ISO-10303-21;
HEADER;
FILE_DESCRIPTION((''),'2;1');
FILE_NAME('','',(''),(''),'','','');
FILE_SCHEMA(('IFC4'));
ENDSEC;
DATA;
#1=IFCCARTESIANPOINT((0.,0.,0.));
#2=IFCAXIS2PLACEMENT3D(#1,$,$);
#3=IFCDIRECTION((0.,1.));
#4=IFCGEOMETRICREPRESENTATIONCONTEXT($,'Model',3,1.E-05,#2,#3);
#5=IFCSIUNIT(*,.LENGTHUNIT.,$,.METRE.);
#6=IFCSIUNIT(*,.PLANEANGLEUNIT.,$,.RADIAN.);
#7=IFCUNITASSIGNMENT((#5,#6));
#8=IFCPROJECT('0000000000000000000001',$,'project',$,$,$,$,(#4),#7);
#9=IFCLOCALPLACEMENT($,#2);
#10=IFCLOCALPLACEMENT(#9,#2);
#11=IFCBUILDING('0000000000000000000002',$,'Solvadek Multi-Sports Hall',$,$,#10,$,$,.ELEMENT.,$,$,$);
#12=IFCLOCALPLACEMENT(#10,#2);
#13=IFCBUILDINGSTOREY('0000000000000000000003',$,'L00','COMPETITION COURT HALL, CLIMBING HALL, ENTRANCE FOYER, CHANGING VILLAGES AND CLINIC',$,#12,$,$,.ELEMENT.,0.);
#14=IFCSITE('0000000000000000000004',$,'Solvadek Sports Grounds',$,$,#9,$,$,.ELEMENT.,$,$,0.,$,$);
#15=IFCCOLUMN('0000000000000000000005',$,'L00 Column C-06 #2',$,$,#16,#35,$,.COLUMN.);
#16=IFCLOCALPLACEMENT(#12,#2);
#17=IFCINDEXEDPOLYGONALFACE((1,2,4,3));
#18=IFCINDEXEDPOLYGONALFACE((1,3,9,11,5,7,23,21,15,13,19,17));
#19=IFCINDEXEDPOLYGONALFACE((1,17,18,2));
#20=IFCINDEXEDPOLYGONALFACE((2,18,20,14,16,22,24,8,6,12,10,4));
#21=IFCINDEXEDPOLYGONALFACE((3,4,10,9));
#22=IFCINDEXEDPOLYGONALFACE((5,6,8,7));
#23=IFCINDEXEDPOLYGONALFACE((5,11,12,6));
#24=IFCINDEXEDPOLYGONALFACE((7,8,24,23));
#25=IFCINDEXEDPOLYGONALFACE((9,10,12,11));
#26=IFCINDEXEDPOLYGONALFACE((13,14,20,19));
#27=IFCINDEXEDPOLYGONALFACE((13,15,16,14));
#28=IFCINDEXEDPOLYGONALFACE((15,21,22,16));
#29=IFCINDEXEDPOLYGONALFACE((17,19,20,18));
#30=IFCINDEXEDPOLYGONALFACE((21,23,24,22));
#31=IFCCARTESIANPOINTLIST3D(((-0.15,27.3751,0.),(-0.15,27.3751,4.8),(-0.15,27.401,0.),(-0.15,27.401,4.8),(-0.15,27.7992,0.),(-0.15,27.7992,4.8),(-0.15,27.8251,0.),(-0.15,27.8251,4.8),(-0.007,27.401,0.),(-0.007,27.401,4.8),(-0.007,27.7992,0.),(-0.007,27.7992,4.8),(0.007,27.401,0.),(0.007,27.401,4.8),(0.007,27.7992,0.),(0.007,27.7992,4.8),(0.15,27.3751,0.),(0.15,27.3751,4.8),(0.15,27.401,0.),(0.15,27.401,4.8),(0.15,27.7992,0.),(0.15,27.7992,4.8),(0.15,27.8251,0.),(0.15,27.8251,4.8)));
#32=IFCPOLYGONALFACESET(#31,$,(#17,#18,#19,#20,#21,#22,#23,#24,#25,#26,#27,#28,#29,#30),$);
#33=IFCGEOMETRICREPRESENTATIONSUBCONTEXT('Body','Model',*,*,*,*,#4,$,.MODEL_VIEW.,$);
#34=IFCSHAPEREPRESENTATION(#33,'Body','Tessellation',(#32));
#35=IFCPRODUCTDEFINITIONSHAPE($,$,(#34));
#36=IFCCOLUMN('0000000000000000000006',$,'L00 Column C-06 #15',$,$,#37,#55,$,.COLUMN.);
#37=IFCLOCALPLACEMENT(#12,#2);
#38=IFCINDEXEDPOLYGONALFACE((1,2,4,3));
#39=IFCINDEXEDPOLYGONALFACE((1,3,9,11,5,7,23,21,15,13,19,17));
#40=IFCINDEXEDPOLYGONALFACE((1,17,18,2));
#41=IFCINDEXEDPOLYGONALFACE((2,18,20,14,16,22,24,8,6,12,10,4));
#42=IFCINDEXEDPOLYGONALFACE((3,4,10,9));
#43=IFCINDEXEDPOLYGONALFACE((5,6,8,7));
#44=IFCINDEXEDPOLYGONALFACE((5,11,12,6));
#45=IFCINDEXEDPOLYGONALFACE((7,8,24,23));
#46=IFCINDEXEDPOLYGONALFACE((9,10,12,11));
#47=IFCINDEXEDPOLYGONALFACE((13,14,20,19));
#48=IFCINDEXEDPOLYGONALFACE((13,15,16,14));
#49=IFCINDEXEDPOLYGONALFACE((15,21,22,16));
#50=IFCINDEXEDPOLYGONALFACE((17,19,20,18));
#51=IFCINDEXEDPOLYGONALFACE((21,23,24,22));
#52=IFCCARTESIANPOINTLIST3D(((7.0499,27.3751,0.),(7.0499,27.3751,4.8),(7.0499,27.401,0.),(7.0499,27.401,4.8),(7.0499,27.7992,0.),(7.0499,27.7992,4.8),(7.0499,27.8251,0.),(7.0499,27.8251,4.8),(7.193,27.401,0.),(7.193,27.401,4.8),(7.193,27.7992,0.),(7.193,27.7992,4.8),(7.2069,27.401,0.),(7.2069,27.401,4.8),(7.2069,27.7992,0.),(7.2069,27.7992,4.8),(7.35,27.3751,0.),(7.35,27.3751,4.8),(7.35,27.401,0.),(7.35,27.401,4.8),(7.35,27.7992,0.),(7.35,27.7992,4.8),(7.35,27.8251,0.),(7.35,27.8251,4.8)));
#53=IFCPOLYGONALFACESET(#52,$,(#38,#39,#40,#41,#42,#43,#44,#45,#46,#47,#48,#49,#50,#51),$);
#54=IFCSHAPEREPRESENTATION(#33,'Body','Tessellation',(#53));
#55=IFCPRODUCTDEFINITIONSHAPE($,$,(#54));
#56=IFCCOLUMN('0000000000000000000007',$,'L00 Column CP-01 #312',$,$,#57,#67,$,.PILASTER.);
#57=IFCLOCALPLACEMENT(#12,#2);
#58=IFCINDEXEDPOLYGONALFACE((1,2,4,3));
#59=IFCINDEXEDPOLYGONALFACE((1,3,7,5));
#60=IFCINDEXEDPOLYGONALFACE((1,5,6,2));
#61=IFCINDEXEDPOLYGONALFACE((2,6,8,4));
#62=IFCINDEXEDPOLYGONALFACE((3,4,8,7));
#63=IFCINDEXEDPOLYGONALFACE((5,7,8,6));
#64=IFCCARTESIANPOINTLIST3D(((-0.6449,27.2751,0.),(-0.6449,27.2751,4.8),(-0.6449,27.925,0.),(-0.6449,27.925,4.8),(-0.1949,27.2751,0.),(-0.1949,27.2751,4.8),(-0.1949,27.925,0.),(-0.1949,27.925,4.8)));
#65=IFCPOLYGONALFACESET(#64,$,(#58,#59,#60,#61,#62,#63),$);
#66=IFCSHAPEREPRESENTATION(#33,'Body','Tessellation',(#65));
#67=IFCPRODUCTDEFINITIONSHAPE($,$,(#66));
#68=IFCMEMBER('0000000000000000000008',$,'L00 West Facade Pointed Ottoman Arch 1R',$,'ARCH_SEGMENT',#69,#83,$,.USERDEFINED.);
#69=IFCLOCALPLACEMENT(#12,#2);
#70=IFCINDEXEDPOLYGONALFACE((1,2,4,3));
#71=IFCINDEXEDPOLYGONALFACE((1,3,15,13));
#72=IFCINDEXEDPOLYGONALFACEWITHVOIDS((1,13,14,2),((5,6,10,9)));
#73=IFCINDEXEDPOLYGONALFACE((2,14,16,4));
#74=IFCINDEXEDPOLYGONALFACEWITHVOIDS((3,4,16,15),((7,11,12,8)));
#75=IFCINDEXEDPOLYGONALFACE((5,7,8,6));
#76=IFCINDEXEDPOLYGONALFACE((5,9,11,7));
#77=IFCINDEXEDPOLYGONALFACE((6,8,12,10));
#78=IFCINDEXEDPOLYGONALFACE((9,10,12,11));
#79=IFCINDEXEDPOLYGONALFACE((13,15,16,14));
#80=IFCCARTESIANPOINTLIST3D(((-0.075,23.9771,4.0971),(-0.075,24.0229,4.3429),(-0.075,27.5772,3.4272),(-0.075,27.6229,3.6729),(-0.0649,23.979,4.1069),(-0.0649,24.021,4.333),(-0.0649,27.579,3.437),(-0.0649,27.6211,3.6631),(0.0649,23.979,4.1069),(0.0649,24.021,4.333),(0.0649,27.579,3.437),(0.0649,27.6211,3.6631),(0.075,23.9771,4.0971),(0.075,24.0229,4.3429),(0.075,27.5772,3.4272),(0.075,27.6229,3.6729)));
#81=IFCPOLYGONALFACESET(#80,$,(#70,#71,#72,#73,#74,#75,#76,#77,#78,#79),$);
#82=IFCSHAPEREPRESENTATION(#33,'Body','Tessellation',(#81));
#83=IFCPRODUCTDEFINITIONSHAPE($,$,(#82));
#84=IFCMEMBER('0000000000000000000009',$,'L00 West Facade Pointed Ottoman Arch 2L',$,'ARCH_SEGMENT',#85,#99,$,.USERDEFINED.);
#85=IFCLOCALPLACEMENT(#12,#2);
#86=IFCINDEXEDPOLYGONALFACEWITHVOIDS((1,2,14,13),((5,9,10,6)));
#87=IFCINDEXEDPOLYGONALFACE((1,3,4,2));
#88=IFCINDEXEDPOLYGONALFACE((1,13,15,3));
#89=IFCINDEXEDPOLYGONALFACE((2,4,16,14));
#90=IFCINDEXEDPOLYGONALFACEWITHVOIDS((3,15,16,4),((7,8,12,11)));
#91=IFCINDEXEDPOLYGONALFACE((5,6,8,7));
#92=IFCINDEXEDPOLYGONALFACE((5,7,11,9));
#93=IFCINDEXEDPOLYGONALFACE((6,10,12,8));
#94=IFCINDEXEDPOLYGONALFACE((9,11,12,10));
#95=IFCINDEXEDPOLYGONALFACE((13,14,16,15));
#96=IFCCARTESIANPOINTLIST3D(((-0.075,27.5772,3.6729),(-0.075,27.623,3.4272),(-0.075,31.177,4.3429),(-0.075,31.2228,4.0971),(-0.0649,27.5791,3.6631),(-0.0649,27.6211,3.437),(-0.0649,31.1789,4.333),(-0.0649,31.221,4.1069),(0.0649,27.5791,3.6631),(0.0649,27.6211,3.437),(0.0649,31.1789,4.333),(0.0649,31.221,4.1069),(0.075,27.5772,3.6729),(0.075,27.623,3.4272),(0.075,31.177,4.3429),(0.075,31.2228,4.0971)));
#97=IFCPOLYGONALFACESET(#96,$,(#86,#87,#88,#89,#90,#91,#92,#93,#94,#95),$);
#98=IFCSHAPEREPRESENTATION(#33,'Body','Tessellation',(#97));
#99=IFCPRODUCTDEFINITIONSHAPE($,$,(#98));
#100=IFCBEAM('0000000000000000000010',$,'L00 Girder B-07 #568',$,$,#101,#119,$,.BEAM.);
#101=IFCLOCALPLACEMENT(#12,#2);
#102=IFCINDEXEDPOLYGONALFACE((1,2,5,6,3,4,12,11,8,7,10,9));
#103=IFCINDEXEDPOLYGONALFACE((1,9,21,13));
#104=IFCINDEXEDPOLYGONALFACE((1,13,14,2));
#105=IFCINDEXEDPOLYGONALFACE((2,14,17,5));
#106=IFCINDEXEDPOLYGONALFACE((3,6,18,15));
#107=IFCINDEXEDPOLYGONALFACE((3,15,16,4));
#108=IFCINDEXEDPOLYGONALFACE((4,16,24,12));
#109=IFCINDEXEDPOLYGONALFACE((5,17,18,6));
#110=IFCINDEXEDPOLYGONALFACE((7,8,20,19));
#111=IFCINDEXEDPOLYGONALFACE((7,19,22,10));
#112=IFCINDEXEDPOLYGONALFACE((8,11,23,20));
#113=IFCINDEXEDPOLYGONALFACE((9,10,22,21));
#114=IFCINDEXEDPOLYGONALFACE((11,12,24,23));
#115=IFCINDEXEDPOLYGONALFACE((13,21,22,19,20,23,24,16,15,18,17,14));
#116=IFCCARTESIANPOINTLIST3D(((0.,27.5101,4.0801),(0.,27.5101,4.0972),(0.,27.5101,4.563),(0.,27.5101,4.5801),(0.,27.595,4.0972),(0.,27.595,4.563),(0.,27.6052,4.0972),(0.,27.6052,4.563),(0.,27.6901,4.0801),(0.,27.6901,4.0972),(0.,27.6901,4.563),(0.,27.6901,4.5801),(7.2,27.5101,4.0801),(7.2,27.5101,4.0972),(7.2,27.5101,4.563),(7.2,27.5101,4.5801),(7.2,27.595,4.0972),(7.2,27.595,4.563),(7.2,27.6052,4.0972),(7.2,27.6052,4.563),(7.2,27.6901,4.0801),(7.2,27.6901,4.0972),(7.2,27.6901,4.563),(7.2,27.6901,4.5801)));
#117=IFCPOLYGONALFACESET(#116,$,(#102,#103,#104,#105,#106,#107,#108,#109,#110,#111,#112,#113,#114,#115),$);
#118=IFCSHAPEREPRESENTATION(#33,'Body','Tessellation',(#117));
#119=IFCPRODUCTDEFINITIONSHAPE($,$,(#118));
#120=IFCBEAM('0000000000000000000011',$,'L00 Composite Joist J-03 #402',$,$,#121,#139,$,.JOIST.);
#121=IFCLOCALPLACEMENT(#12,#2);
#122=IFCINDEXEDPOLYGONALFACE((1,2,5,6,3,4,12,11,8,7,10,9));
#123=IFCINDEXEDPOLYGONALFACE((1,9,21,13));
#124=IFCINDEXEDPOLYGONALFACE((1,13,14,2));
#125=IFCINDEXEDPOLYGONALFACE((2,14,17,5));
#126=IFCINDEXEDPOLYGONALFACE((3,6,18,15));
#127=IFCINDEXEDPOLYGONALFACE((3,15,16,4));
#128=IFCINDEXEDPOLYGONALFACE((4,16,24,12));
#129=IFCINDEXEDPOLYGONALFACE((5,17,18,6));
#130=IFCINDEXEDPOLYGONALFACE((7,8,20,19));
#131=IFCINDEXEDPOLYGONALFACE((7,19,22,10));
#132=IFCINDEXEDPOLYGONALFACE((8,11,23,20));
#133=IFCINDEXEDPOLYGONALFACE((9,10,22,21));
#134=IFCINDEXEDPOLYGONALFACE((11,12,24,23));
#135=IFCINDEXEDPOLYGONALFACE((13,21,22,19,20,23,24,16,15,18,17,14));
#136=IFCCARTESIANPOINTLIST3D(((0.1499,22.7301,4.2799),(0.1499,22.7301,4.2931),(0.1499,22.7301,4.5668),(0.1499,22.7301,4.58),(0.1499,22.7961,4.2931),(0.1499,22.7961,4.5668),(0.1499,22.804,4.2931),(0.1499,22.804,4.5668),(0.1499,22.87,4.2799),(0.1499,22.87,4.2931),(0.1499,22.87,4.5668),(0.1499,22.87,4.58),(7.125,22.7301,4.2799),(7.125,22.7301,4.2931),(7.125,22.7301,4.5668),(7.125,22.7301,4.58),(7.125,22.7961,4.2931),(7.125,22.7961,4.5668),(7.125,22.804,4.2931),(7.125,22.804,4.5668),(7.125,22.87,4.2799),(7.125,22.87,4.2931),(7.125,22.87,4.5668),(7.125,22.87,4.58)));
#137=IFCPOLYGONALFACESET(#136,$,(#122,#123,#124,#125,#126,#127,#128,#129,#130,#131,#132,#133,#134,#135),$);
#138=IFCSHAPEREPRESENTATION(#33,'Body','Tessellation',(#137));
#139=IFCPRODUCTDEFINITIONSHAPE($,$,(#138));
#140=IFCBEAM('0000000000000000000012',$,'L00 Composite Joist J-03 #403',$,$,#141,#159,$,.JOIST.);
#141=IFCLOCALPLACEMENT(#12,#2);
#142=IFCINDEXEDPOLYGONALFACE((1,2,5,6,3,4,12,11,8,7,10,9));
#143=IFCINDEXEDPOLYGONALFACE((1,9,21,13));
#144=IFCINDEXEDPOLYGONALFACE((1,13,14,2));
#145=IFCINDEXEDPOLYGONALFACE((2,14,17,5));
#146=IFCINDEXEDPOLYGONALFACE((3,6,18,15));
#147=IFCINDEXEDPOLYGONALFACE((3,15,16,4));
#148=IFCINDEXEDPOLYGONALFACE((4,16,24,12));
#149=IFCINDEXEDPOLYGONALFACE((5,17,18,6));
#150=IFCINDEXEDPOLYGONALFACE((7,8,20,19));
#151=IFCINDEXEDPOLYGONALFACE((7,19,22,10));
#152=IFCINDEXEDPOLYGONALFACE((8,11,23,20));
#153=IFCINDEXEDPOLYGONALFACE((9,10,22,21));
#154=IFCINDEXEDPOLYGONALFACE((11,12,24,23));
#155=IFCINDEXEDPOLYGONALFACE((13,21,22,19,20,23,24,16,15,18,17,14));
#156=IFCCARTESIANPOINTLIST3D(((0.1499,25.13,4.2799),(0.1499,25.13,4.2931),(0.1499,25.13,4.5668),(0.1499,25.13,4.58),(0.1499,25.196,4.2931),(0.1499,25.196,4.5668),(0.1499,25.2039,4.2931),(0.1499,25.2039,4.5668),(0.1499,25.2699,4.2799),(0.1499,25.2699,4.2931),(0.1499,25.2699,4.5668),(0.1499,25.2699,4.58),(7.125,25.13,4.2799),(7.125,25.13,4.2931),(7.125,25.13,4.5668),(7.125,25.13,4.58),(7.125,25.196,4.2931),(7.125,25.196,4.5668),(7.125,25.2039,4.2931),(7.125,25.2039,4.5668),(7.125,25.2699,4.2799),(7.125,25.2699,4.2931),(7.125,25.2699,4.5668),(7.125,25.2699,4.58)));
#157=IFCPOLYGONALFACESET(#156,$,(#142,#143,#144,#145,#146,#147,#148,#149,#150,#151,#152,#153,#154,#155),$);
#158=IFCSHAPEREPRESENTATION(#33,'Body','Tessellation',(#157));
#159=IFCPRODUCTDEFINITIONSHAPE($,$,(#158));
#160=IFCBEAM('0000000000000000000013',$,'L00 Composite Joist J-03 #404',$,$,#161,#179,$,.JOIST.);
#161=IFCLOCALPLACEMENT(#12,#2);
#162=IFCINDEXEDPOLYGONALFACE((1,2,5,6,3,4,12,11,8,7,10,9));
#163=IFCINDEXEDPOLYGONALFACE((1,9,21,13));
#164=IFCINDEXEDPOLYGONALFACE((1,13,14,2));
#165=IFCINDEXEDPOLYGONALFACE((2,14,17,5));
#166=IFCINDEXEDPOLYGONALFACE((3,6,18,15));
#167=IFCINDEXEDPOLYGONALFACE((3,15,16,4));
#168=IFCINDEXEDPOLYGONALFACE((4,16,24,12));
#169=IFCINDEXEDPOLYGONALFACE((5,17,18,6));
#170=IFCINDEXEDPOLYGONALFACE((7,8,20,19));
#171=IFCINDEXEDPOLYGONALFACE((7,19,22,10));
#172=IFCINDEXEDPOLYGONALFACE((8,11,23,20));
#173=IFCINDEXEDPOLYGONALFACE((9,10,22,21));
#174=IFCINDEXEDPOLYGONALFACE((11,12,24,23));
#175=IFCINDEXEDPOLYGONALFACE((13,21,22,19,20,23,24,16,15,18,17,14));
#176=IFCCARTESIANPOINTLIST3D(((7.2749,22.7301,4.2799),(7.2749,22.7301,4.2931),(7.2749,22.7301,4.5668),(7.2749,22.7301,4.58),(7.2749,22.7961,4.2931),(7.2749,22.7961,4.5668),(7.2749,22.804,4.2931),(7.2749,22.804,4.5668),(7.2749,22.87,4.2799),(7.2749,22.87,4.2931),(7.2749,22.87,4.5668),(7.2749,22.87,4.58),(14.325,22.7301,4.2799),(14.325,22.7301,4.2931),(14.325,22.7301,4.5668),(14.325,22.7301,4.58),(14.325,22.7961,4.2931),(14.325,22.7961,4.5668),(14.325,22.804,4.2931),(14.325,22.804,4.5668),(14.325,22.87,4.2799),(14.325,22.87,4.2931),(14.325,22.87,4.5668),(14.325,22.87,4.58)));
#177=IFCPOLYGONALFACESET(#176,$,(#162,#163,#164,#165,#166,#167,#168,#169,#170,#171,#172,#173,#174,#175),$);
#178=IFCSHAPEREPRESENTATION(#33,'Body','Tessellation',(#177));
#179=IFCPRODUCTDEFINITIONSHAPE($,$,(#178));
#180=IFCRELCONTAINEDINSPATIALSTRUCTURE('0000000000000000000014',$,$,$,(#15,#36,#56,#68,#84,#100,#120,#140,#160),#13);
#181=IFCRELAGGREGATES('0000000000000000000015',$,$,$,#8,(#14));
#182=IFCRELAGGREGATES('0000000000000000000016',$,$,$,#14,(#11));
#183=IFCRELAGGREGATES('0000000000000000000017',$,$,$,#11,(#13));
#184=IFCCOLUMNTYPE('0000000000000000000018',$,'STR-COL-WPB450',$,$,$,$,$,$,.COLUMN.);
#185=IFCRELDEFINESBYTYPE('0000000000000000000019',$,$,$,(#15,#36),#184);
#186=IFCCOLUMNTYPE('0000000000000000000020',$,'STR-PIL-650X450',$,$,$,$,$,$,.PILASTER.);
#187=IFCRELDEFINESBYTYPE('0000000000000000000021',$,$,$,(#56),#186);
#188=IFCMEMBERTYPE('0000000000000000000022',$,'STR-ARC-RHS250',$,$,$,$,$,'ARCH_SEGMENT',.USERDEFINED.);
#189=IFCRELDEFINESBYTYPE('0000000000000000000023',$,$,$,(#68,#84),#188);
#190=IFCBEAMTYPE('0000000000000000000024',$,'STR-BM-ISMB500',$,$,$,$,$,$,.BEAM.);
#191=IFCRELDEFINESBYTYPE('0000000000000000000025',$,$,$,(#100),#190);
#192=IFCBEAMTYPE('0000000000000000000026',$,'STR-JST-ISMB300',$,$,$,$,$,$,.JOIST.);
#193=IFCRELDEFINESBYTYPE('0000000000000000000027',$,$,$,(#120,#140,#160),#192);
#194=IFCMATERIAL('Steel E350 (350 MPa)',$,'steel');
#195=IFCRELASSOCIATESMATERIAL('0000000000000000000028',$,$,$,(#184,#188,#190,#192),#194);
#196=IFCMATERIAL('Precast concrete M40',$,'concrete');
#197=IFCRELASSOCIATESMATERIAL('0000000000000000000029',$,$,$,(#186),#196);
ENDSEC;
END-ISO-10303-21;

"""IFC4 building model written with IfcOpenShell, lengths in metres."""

from ifc_helpers import new_model, si_unit, direction, frame, origin, origin_2d, place, context, subcontext, project, spatial, rectangle, hollow_rectangle, i_section, extrude, material, material_profile, profile_set, type_object, element, save


model = new_model("IFC4")

# Units and contexts
model_context = context("Model", 3, precision=1e-05, world=origin(), true_north=direction((0.0, 1.0)))
body_context = subcontext(model_context, "Body", "Model", "MODEL_VIEW")
ifc_project = project(units=[si_unit("LENGTHUNIT", "METRE"), si_unit("PLANEANGLEUNIT", "RADIAN")], contexts=[model_context])

# Site, building, storey
site_placement = place(None, origin())
site = spatial("IfcSite", under=ifc_project, at=site_placement, Name="Solvadek Sports Grounds", CompositionType="ELEMENT", RefElevation=0.0)
building_placement = place(site_placement, origin())
building = spatial("IfcBuilding", under=site, at=building_placement, Name="Solvadek Multi-Sports Hall", CompositionType="ELEMENT")
storey_placement = place(building_placement, origin())
storey = spatial("IfcBuildingStorey", under=building, at=storey_placement, Name="L00", Description="COMPETITION COURT HALL, CLIMBING HALL, ENTRANCE FOYER, CHANGING VILLAGES AND CLINIC", CompositionType="ELEMENT", Elevation=0.0)

# Columns
ifc_material_1 = material(Name="Steel E350 (350 MPa)", Category="steel")
ifc_material_profile_1 = material_profile(ifc_material_1, i_section(OverallWidth=0.3, OverallDepth=0.45, WebThickness=0.0139, FlangeThickness=0.0259, at=origin_2d()), Name="WPB 450")
ifc_profile_set_1 = profile_set([ifc_material_profile_1], Name="Steel E350 (350 MPa)")
column_type_1 = type_object("IfcColumnType", Name="STR-COL-WPB450", PredefinedType="COLUMN", material=ifc_profile_set_1)
for number, where, z_axis, x_axis, name in (
    (1, (0.0, 27.6001, 0.0), (0.0, 0.0, 1.0), (1.0, 0.0, 0.0), "L00 Column C-06 #2"),
    (2, (7.2, 27.6001, 0.0), (0.0, 0.0, 1.0), (1.0, 0.0, 0.0), "L00 Column C-06 #15"),
):
    element("IfcColumn", number, at=place(storey_placement, frame(where, z_axis=z_axis, x_axis=x_axis)), inside=storey, type_object=column_type_1, Name=name, PredefinedType="COLUMN", context=body_context, shape_type="SweptSolid", body=[
        extrude(i_section(OverallWidth=0.3, OverallDepth=0.45, WebThickness=0.0139, FlangeThickness=0.0259, at=origin_2d()), origin(), (0.0, 0.0, 1.0), 4.8),
    ])
ifc_material_2 = material(Name="Precast concrete M40", Category="concrete")
ifc_material_profile_2 = material_profile(ifc_material_2, rectangle(XDim=0.45, YDim=0.6499, at=origin_2d()), Name="RC PILASTER 650x450")
ifc_profile_set_2 = profile_set([ifc_material_profile_2], Name="Precast concrete M40")
column_type_2 = type_object("IfcColumnType", Name="STR-PIL-650X450", PredefinedType="PILASTER", material=ifc_profile_set_2)
column_placement = place(storey_placement, frame((-0.4199, 27.6001, 0.0), z_axis=(0.0, 0.0, 1.0), x_axis=(1.0, 0.0, 0.0)))
element("IfcColumn", 3, at=column_placement, inside=storey, type_object=column_type_2, Name="L00 Column CP-01 #312", PredefinedType="PILASTER", context=body_context, shape_type="SweptSolid", body=[
    extrude(rectangle(XDim=0.45, YDim=0.6499, at=origin_2d()), origin(), (0.0, 0.0, 1.0), 4.8),
])

# Members
ifc_material_profile_3 = material_profile(ifc_material_1, hollow_rectangle(XDim=0.1499, YDim=0.25, WallThickness=0.01, at=origin_2d()), Name="RHS 250x150x10")
ifc_profile_set_3 = profile_set([ifc_material_profile_3], Name="Steel E350 (350 MPa)")
member_type = type_object("IfcMemberType", Name="STR-ARC-RHS250", ElementType="ARCH_SEGMENT", PredefinedType="USERDEFINED", material=ifc_profile_set_3)
member_1_placement = place(storey_placement, frame((0.0, 24.0, 4.22), z_axis=(0.0, 0.983123, -0.182944), x_axis=(-1.0, 0.0, 0.0)))
element("IfcMember", 4, at=member_1_placement, inside=storey, type_object=member_type, Name="L00 West Facade Pointed Ottoman Arch 1R", ObjectType="ARCH_SEGMENT", PredefinedType="USERDEFINED", context=body_context, shape_type="SweptSolid", body=[
    extrude(hollow_rectangle(XDim=0.1499, YDim=0.25, WallThickness=0.01, at=origin_2d()), origin(), (0.0, 0.0, 1.0), 3.6619),
])
member_2_placement = place(storey_placement, frame((0.0, 27.6001, 3.55), z_axis=(0.0, 0.983121, 0.182956), x_axis=(-1.0, 0.0, 0.0)))
element("IfcMember", 5, at=member_2_placement, inside=storey, type_object=member_type, Name="L00 West Facade Pointed Ottoman Arch 2L", ObjectType="ARCH_SEGMENT", PredefinedType="USERDEFINED", context=body_context, shape_type="SweptSolid", body=[
    extrude(hollow_rectangle(XDim=0.1499, YDim=0.25, WallThickness=0.01, at=origin_2d()), origin(), (0.0, 0.0, 1.0), 3.6616),
])

# Beams
ifc_material_profile_4 = material_profile(ifc_material_1, i_section(OverallWidth=0.1799, OverallDepth=0.5, WebThickness=0.0103, FlangeThickness=0.0171, at=origin_2d()), Name="ISMB 500")
ifc_profile_set_4 = profile_set([ifc_material_profile_4], Name="Steel E350 (350 MPa)")
beam_type_1 = type_object("IfcBeamType", Name="STR-BM-ISMB500", PredefinedType="BEAM", material=ifc_profile_set_4)
beam_1_placement = place(storey_placement, frame((0.0, 27.6001, 4.3301), z_axis=(1.0, 0.0, 0.0), x_axis=(0.0, 1.0, 0.0)))
element("IfcBeam", 6, at=beam_1_placement, inside=storey, type_object=beam_type_1, Name="L00 Girder B-07 #568", PredefinedType="BEAM", context=body_context, shape_type="SweptSolid", body=[
    extrude(i_section(OverallWidth=0.1799, OverallDepth=0.5, WebThickness=0.0103, FlangeThickness=0.0171, at=origin_2d()), origin(), (0.0, 0.0, 1.0), 7.2),
])
ifc_material_profile_5 = material_profile(ifc_material_1, i_section(OverallWidth=0.1399, OverallDepth=0.3, WebThickness=0.0078, FlangeThickness=0.0132, at=origin_2d()), Name="ISMB 300")
ifc_profile_set_5 = profile_set([ifc_material_profile_5], Name="Steel E350 (350 MPa)")
beam_type_2 = type_object("IfcBeamType", Name="STR-JST-ISMB300", PredefinedType="JOIST", material=ifc_profile_set_5)
for number, where, z_axis, x_axis, name in (
    (7, (0.1499, 22.8, 4.4299), (1.0, 0.0, 0.0), (0.0, 1.0, 0.0), "L00 Composite Joist J-03 #402"),
    (8, (0.1499, 25.2, 4.4299), (1.0, 0.0, 0.0), (0.0, 1.0, 0.0), "L00 Composite Joist J-03 #403"),
):
    element("IfcBeam", number, at=place(storey_placement, frame(where, z_axis=z_axis, x_axis=x_axis)), inside=storey, type_object=beam_type_2, Name=name, PredefinedType="JOIST", context=body_context, shape_type="SweptSolid", body=[
        extrude(i_section(OverallWidth=0.1399, OverallDepth=0.3, WebThickness=0.0078, FlangeThickness=0.0132, at=origin_2d()), origin(), (0.0, 0.0, 1.0), 6.9751),
    ])
for number, where, z_axis, x_axis, name in (
    (9, (7.2749, 22.8, 4.4299), (1.0, 0.0, 0.0), (0.0, 1.0, 0.0), "L00 Composite Joist J-03 #404"),
):
    element("IfcBeam", number, at=place(storey_placement, frame(where, z_axis=z_axis, x_axis=x_axis)), inside=storey, type_object=beam_type_2, Name=name, PredefinedType="JOIST", context=body_context, shape_type="SweptSolid", body=[
        extrude(i_section(OverallWidth=0.1399, OverallDepth=0.3, WebThickness=0.0078, FlangeThickness=0.0132, at=origin_2d()), origin(), (0.0, 0.0, 1.0), 7.05),
    ])

save(model, "model.ifc")
